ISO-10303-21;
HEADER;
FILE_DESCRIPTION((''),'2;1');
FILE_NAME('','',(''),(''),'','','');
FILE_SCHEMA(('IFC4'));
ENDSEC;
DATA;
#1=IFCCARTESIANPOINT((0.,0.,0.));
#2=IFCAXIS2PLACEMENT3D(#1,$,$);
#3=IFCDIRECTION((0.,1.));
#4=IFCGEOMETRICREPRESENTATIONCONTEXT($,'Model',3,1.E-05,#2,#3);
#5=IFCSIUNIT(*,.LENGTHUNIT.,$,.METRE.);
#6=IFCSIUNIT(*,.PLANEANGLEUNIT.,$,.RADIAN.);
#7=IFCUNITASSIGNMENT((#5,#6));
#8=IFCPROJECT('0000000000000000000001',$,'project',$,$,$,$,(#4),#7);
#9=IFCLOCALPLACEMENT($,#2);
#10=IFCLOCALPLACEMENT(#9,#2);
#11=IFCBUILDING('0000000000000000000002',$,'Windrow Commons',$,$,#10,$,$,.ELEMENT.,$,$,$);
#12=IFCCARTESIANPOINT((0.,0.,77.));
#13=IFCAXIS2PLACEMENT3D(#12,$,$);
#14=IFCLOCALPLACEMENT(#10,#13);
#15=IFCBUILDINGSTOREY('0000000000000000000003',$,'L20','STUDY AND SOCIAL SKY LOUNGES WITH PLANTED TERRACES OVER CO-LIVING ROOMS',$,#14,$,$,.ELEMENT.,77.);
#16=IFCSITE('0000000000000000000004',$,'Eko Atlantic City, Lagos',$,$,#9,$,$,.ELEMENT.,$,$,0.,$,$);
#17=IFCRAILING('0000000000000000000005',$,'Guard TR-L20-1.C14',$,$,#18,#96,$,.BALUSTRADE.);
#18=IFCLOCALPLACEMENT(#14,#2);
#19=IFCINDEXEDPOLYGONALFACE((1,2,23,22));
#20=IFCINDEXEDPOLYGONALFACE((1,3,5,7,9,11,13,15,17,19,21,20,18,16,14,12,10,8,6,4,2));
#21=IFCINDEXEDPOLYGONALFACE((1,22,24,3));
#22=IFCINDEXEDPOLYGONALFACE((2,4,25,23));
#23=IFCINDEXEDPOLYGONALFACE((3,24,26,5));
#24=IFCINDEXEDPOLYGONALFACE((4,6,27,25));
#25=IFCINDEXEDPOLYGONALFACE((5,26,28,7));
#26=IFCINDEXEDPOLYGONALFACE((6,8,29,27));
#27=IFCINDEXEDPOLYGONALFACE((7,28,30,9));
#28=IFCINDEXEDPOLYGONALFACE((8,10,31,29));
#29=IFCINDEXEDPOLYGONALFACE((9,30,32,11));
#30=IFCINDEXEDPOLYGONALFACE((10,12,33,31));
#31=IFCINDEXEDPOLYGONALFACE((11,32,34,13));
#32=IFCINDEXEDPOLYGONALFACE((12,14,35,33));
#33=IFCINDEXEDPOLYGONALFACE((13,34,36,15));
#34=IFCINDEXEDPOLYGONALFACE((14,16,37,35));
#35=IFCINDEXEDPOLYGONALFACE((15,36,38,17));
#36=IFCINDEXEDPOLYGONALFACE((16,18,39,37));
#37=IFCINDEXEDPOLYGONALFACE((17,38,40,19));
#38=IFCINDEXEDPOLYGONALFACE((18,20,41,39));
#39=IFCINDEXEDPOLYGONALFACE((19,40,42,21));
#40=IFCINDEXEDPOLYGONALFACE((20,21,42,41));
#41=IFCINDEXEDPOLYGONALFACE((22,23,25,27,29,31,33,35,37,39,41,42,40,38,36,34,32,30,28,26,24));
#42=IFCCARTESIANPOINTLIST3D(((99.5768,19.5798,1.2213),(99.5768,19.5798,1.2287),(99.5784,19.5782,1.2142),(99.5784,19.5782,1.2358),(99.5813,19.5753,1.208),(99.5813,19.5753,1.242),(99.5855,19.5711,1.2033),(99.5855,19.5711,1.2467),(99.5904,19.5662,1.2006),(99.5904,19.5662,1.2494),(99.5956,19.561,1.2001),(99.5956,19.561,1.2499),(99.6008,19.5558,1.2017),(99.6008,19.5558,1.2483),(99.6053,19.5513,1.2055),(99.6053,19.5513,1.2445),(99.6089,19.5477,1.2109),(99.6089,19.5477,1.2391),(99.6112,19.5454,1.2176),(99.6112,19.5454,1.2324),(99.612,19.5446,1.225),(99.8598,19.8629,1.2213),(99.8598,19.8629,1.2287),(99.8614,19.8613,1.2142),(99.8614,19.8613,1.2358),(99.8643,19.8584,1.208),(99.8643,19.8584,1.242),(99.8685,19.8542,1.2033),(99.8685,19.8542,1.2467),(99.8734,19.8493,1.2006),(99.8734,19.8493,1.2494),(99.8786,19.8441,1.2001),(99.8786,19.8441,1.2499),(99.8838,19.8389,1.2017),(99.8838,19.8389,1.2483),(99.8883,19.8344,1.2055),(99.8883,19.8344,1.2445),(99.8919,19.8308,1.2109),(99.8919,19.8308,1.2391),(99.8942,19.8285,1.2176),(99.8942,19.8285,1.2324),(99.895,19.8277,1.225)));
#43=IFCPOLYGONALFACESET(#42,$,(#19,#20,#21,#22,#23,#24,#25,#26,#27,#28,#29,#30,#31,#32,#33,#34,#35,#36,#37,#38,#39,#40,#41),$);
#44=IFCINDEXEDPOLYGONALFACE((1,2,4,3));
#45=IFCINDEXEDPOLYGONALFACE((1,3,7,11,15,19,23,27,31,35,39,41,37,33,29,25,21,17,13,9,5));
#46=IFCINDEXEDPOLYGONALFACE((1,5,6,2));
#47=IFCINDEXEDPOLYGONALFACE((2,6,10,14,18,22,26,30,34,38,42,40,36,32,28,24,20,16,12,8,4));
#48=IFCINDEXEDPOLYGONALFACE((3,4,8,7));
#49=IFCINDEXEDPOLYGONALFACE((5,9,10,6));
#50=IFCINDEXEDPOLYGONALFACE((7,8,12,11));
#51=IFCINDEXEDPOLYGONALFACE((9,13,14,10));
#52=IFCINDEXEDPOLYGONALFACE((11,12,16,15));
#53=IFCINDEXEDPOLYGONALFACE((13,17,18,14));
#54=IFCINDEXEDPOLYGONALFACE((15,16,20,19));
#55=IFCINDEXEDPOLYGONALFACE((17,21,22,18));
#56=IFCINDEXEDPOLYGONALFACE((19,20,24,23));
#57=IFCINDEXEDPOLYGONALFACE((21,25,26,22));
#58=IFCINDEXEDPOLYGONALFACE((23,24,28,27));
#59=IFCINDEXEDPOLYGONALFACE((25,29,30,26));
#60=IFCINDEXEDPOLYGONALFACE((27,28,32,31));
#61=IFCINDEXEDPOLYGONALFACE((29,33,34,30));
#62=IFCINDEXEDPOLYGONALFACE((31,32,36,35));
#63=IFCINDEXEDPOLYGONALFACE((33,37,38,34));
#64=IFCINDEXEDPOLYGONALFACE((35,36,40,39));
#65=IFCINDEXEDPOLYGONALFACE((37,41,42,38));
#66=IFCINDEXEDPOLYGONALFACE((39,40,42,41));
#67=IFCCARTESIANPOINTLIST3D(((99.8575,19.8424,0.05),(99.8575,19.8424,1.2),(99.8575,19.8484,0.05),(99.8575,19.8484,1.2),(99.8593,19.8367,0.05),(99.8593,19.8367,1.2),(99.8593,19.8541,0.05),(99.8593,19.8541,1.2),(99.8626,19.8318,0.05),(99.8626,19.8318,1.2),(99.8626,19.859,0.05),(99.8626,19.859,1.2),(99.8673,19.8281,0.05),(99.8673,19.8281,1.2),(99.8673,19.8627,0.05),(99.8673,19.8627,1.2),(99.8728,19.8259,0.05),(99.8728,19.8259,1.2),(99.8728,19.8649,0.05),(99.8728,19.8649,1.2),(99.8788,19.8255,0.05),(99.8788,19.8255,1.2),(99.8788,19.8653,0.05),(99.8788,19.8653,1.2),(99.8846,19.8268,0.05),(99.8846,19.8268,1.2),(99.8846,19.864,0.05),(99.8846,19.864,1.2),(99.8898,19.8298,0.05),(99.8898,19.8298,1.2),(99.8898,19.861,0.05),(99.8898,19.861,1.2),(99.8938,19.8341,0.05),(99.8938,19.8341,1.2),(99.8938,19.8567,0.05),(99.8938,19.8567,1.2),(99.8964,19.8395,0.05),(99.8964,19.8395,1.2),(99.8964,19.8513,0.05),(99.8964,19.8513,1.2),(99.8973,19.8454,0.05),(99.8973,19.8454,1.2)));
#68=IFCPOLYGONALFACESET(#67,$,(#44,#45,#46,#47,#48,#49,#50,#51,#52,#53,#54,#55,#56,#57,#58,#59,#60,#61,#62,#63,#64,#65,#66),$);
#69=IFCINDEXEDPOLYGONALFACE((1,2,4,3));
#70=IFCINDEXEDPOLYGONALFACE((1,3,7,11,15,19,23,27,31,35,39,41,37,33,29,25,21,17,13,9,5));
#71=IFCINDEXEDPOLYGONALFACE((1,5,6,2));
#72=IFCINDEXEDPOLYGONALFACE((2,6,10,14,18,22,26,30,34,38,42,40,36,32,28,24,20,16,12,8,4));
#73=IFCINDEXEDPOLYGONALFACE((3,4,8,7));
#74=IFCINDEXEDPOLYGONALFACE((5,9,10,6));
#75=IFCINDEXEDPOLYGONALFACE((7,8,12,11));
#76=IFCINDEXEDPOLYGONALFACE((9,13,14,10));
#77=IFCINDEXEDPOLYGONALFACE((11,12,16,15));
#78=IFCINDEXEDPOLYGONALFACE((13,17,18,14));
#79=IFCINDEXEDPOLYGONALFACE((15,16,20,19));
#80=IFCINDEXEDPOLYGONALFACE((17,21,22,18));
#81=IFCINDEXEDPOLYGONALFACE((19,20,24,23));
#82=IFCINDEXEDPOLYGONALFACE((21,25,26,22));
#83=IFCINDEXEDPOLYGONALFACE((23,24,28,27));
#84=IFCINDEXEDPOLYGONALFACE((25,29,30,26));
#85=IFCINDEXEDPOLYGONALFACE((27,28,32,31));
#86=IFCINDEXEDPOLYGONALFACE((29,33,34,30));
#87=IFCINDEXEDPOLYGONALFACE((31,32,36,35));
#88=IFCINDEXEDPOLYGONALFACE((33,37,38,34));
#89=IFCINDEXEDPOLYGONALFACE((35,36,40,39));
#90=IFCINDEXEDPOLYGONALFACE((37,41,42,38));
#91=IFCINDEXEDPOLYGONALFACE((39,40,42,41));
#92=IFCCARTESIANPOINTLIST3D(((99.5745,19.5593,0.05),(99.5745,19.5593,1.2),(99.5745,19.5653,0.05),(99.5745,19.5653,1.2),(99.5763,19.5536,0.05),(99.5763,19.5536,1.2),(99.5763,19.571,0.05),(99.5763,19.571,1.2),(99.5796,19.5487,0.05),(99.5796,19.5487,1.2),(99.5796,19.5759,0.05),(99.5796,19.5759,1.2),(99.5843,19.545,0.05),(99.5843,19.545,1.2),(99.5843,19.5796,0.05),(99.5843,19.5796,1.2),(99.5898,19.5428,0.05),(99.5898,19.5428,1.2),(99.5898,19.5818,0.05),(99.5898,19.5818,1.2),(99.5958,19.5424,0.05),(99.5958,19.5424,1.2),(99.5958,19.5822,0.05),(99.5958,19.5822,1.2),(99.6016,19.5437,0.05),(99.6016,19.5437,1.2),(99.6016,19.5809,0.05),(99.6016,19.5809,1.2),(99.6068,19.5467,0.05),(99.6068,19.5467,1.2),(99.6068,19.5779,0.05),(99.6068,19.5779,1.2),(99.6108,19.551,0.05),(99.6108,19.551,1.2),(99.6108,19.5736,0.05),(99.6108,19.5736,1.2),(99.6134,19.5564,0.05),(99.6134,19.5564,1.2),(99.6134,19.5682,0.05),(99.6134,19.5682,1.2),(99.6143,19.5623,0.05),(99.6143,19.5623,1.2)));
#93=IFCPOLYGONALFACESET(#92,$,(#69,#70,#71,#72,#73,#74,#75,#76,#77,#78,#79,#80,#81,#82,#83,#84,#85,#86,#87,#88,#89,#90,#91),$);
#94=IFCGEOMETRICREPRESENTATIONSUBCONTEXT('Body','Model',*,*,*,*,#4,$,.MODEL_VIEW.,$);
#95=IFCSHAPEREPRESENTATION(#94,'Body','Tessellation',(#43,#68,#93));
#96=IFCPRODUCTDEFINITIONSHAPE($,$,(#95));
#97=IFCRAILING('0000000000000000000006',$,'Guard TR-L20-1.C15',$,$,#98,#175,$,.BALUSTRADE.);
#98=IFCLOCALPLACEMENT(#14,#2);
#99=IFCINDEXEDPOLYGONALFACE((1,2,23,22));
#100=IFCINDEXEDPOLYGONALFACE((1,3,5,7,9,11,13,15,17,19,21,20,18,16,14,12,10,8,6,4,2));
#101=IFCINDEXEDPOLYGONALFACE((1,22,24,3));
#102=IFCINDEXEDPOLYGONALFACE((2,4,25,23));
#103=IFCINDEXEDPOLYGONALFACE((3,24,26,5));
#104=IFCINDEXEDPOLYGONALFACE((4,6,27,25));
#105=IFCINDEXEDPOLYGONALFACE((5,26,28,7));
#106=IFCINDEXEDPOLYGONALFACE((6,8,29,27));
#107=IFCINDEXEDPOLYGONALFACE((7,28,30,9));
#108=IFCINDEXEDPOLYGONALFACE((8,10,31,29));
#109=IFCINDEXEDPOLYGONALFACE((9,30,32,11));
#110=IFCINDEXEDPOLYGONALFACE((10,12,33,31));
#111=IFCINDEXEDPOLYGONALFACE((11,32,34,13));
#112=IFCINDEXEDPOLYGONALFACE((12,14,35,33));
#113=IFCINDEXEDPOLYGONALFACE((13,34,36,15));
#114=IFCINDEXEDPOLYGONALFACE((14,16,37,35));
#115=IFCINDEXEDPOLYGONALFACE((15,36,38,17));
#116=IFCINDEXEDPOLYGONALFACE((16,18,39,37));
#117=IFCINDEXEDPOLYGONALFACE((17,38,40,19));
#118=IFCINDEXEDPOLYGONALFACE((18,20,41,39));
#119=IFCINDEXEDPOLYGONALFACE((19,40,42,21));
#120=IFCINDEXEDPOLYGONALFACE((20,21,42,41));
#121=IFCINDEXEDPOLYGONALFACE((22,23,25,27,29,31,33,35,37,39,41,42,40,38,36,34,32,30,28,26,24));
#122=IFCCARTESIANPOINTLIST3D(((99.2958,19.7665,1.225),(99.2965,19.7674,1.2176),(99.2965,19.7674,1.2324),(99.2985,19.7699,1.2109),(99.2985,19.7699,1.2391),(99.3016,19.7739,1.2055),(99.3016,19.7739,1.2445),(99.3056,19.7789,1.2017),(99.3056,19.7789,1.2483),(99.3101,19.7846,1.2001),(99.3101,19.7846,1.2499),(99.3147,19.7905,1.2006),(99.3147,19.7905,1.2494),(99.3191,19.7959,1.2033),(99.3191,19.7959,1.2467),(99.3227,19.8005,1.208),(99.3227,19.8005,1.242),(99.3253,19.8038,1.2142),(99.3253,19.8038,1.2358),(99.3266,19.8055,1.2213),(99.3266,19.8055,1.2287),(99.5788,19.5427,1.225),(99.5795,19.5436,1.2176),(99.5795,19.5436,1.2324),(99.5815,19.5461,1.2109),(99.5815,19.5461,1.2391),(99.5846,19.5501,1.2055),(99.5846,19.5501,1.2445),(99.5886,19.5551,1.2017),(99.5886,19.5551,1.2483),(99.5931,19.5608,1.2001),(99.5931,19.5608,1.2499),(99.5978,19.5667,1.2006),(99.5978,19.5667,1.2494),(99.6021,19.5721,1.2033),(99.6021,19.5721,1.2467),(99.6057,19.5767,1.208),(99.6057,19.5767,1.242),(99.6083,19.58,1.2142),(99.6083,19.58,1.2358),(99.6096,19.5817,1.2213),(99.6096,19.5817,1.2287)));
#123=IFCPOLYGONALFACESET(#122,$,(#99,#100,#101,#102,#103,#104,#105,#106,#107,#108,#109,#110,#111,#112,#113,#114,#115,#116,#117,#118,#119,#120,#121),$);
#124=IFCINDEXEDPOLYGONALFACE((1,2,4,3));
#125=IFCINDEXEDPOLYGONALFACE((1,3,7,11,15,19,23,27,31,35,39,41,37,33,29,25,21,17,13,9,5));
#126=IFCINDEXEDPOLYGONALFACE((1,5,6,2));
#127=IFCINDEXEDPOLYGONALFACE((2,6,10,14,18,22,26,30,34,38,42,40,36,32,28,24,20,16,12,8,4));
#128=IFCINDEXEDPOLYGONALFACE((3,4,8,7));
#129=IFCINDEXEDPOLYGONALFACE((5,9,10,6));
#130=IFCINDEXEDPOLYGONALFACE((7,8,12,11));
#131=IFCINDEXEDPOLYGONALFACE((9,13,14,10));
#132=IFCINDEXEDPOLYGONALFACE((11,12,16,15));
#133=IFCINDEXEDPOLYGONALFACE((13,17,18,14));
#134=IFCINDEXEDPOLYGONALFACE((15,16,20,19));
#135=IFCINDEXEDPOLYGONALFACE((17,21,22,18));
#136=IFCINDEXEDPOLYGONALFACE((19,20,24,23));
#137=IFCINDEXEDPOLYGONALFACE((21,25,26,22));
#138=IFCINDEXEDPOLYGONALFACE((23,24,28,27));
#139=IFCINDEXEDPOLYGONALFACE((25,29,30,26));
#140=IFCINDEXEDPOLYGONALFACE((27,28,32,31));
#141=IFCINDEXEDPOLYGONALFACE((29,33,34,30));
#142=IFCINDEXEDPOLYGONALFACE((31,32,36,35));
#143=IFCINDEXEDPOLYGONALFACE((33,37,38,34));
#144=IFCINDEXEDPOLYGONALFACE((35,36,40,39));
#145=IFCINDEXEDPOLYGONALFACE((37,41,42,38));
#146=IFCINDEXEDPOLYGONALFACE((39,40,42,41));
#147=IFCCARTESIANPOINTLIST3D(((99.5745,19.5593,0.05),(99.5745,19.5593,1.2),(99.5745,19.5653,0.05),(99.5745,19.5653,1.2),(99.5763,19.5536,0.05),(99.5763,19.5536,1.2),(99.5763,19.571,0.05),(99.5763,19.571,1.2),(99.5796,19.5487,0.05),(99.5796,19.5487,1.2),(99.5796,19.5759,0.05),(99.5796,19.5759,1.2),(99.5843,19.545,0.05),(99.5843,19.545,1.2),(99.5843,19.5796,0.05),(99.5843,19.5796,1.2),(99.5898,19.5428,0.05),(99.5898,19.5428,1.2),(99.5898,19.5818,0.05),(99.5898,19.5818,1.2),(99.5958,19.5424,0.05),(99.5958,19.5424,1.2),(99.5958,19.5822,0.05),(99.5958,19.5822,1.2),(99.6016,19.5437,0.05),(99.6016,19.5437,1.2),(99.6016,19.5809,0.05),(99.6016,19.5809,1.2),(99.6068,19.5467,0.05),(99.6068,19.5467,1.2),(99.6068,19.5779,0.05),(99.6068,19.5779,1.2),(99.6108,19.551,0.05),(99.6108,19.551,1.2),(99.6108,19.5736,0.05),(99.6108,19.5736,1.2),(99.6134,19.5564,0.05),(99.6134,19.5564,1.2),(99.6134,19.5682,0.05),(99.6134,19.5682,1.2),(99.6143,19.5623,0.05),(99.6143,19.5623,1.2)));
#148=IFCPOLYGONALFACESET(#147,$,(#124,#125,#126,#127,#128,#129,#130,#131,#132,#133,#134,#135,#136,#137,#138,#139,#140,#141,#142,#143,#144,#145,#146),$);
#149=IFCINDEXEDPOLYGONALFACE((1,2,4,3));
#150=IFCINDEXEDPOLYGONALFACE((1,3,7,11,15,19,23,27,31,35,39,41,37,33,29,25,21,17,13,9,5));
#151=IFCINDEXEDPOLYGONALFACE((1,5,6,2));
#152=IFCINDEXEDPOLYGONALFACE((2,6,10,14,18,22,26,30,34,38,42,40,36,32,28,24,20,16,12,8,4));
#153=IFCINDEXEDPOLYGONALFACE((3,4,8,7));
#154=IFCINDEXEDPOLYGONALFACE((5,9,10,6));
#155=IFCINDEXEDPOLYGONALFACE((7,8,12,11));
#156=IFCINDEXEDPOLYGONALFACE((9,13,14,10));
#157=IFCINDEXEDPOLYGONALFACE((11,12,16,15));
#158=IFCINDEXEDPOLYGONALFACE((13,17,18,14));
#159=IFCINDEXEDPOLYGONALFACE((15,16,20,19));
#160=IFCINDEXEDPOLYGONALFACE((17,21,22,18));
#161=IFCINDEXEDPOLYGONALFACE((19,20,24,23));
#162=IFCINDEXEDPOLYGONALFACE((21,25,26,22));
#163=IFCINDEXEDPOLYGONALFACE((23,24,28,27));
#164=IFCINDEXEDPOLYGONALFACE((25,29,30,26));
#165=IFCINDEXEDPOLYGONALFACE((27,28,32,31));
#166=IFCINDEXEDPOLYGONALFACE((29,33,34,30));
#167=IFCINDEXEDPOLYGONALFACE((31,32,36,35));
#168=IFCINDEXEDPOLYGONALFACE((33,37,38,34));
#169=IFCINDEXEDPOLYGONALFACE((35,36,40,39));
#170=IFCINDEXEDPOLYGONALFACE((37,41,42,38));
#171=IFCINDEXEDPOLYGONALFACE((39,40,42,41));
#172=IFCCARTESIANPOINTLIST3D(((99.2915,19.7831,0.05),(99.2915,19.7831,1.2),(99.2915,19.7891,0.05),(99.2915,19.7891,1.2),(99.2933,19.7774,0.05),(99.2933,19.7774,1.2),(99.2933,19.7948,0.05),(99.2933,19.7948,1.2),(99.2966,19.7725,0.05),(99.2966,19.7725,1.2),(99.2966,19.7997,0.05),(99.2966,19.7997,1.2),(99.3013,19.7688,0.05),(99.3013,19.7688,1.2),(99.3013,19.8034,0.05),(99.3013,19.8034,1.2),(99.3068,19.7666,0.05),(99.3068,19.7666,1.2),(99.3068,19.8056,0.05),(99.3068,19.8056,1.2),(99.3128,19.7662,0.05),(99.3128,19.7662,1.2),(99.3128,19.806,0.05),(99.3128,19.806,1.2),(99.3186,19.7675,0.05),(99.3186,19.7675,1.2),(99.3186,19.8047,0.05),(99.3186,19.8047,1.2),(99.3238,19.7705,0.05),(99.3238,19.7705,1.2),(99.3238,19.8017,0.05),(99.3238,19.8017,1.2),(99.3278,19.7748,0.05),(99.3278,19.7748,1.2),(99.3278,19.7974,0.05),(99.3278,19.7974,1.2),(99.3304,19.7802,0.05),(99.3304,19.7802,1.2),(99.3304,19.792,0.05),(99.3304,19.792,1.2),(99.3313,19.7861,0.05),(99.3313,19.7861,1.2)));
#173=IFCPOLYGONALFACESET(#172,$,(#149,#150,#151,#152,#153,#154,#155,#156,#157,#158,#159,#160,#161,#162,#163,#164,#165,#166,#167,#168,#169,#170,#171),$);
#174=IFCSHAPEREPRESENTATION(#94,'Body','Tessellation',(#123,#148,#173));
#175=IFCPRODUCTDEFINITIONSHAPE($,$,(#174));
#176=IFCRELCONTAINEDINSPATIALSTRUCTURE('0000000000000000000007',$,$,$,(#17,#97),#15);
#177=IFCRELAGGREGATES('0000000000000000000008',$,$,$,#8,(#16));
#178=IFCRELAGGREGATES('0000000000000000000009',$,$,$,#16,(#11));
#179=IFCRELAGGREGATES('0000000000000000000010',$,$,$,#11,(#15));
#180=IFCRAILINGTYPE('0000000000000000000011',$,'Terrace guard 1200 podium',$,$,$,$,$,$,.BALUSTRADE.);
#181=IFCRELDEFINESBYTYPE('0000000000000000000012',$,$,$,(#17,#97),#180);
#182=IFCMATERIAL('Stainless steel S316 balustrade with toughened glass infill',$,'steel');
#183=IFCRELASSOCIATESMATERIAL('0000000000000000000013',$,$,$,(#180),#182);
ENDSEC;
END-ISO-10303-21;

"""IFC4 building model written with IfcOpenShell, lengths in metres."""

from ifc_helpers import new_model, si_unit, direction, frame, origin, origin_2d, place, context, subcontext, project, spatial, circle, extrude, material, type_object, element, save


model = new_model("IFC4")

# Units and contexts
model_context = context("Model", 3, precision=1e-05, world=origin(), true_north=direction((0.0, 1.0)))
body_context = subcontext(model_context, "Body", "Model", "MODEL_VIEW")
ifc_project = project(units=[si_unit("LENGTHUNIT", "METRE"), si_unit("PLANEANGLEUNIT", "RADIAN")], contexts=[model_context])

# Site, building, storey
site_placement = place(None, origin())
site = spatial("IfcSite", under=ifc_project, at=site_placement, Name="Eko Atlantic City, Lagos", CompositionType="ELEMENT", RefElevation=0.0)
building_placement = place(site_placement, origin())
building = spatial("IfcBuilding", under=site, at=building_placement, Name="Windrow Commons", CompositionType="ELEMENT")
storey_placement = place(building_placement, frame((0.0, 0.0, 77.0)))
storey = spatial("IfcBuildingStorey", under=building, at=storey_placement, Name="L20", Description="STUDY AND SOCIAL SKY LOUNGES WITH PLANTED TERRACES OVER CO-LIVING ROOMS", CompositionType="ELEMENT", Elevation=77.0)

# Railings
ifc_material_1 = material(Name="Stainless steel S316 balustrade with toughened glass infill", Category="steel")
railing_type = type_object("IfcRailingType", Name="Terrace guard 1200 podium", PredefinedType="BALUSTRADE", material=ifc_material_1)
railing_1_placement = place(storey_placement, frame((99.8773, 19.8454, 0.05)))
element("IfcRailing", 1, at=railing_1_placement, inside=storey, type_object=railing_type, Name="Guard TR-L20-1.C14", PredefinedType="BALUSTRADE", context=body_context, shape_type="SweptSolid", body=[
    extrude(circle(Radius=0.025, at=origin_2d()), frame((0.0, 0.0, 1.175), z_axis=(-0.706982, -0.707232, 0.0), x_axis=(0.707232, -0.706982, 0.0)), (0.0, 0.0, 1.0), 0.4003),
    extrude(circle(Radius=0.02, at=origin_2d()), origin(), (0.0, 0.0, 1.0), 1.15),
    extrude(circle(Radius=0.02, at=origin_2d()), frame((-0.283, -0.2831, 0.0)), (0.0, 0.0, 1.0), 1.15),
])
railing_2_placement = place(storey_placement, frame((99.5943, 19.5623, 0.05)))
element("IfcRailing", 2, at=railing_2_placement, inside=storey, type_object=railing_type, Name="Guard TR-L20-1.C15", PredefinedType="BALUSTRADE", context=body_context, shape_type="SweptSolid", body=[
    extrude(circle(Radius=0.025, at=origin_2d()), frame((0.0, 0.0, 1.175), z_axis=(-0.784372, 0.620291, 0.0), x_axis=(-0.620291, -0.784372, 0.0)), (0.0, 0.0, 1.0), 0.3608),
    extrude(circle(Radius=0.02, at=origin_2d()), origin(), (0.0, 0.0, 1.0), 1.15),
    extrude(circle(Radius=0.02, at=origin_2d()), frame((-0.283, 0.2238, 0.0)), (0.0, 0.0, 1.0), 1.15),
])

save(model, "model.ifc")
